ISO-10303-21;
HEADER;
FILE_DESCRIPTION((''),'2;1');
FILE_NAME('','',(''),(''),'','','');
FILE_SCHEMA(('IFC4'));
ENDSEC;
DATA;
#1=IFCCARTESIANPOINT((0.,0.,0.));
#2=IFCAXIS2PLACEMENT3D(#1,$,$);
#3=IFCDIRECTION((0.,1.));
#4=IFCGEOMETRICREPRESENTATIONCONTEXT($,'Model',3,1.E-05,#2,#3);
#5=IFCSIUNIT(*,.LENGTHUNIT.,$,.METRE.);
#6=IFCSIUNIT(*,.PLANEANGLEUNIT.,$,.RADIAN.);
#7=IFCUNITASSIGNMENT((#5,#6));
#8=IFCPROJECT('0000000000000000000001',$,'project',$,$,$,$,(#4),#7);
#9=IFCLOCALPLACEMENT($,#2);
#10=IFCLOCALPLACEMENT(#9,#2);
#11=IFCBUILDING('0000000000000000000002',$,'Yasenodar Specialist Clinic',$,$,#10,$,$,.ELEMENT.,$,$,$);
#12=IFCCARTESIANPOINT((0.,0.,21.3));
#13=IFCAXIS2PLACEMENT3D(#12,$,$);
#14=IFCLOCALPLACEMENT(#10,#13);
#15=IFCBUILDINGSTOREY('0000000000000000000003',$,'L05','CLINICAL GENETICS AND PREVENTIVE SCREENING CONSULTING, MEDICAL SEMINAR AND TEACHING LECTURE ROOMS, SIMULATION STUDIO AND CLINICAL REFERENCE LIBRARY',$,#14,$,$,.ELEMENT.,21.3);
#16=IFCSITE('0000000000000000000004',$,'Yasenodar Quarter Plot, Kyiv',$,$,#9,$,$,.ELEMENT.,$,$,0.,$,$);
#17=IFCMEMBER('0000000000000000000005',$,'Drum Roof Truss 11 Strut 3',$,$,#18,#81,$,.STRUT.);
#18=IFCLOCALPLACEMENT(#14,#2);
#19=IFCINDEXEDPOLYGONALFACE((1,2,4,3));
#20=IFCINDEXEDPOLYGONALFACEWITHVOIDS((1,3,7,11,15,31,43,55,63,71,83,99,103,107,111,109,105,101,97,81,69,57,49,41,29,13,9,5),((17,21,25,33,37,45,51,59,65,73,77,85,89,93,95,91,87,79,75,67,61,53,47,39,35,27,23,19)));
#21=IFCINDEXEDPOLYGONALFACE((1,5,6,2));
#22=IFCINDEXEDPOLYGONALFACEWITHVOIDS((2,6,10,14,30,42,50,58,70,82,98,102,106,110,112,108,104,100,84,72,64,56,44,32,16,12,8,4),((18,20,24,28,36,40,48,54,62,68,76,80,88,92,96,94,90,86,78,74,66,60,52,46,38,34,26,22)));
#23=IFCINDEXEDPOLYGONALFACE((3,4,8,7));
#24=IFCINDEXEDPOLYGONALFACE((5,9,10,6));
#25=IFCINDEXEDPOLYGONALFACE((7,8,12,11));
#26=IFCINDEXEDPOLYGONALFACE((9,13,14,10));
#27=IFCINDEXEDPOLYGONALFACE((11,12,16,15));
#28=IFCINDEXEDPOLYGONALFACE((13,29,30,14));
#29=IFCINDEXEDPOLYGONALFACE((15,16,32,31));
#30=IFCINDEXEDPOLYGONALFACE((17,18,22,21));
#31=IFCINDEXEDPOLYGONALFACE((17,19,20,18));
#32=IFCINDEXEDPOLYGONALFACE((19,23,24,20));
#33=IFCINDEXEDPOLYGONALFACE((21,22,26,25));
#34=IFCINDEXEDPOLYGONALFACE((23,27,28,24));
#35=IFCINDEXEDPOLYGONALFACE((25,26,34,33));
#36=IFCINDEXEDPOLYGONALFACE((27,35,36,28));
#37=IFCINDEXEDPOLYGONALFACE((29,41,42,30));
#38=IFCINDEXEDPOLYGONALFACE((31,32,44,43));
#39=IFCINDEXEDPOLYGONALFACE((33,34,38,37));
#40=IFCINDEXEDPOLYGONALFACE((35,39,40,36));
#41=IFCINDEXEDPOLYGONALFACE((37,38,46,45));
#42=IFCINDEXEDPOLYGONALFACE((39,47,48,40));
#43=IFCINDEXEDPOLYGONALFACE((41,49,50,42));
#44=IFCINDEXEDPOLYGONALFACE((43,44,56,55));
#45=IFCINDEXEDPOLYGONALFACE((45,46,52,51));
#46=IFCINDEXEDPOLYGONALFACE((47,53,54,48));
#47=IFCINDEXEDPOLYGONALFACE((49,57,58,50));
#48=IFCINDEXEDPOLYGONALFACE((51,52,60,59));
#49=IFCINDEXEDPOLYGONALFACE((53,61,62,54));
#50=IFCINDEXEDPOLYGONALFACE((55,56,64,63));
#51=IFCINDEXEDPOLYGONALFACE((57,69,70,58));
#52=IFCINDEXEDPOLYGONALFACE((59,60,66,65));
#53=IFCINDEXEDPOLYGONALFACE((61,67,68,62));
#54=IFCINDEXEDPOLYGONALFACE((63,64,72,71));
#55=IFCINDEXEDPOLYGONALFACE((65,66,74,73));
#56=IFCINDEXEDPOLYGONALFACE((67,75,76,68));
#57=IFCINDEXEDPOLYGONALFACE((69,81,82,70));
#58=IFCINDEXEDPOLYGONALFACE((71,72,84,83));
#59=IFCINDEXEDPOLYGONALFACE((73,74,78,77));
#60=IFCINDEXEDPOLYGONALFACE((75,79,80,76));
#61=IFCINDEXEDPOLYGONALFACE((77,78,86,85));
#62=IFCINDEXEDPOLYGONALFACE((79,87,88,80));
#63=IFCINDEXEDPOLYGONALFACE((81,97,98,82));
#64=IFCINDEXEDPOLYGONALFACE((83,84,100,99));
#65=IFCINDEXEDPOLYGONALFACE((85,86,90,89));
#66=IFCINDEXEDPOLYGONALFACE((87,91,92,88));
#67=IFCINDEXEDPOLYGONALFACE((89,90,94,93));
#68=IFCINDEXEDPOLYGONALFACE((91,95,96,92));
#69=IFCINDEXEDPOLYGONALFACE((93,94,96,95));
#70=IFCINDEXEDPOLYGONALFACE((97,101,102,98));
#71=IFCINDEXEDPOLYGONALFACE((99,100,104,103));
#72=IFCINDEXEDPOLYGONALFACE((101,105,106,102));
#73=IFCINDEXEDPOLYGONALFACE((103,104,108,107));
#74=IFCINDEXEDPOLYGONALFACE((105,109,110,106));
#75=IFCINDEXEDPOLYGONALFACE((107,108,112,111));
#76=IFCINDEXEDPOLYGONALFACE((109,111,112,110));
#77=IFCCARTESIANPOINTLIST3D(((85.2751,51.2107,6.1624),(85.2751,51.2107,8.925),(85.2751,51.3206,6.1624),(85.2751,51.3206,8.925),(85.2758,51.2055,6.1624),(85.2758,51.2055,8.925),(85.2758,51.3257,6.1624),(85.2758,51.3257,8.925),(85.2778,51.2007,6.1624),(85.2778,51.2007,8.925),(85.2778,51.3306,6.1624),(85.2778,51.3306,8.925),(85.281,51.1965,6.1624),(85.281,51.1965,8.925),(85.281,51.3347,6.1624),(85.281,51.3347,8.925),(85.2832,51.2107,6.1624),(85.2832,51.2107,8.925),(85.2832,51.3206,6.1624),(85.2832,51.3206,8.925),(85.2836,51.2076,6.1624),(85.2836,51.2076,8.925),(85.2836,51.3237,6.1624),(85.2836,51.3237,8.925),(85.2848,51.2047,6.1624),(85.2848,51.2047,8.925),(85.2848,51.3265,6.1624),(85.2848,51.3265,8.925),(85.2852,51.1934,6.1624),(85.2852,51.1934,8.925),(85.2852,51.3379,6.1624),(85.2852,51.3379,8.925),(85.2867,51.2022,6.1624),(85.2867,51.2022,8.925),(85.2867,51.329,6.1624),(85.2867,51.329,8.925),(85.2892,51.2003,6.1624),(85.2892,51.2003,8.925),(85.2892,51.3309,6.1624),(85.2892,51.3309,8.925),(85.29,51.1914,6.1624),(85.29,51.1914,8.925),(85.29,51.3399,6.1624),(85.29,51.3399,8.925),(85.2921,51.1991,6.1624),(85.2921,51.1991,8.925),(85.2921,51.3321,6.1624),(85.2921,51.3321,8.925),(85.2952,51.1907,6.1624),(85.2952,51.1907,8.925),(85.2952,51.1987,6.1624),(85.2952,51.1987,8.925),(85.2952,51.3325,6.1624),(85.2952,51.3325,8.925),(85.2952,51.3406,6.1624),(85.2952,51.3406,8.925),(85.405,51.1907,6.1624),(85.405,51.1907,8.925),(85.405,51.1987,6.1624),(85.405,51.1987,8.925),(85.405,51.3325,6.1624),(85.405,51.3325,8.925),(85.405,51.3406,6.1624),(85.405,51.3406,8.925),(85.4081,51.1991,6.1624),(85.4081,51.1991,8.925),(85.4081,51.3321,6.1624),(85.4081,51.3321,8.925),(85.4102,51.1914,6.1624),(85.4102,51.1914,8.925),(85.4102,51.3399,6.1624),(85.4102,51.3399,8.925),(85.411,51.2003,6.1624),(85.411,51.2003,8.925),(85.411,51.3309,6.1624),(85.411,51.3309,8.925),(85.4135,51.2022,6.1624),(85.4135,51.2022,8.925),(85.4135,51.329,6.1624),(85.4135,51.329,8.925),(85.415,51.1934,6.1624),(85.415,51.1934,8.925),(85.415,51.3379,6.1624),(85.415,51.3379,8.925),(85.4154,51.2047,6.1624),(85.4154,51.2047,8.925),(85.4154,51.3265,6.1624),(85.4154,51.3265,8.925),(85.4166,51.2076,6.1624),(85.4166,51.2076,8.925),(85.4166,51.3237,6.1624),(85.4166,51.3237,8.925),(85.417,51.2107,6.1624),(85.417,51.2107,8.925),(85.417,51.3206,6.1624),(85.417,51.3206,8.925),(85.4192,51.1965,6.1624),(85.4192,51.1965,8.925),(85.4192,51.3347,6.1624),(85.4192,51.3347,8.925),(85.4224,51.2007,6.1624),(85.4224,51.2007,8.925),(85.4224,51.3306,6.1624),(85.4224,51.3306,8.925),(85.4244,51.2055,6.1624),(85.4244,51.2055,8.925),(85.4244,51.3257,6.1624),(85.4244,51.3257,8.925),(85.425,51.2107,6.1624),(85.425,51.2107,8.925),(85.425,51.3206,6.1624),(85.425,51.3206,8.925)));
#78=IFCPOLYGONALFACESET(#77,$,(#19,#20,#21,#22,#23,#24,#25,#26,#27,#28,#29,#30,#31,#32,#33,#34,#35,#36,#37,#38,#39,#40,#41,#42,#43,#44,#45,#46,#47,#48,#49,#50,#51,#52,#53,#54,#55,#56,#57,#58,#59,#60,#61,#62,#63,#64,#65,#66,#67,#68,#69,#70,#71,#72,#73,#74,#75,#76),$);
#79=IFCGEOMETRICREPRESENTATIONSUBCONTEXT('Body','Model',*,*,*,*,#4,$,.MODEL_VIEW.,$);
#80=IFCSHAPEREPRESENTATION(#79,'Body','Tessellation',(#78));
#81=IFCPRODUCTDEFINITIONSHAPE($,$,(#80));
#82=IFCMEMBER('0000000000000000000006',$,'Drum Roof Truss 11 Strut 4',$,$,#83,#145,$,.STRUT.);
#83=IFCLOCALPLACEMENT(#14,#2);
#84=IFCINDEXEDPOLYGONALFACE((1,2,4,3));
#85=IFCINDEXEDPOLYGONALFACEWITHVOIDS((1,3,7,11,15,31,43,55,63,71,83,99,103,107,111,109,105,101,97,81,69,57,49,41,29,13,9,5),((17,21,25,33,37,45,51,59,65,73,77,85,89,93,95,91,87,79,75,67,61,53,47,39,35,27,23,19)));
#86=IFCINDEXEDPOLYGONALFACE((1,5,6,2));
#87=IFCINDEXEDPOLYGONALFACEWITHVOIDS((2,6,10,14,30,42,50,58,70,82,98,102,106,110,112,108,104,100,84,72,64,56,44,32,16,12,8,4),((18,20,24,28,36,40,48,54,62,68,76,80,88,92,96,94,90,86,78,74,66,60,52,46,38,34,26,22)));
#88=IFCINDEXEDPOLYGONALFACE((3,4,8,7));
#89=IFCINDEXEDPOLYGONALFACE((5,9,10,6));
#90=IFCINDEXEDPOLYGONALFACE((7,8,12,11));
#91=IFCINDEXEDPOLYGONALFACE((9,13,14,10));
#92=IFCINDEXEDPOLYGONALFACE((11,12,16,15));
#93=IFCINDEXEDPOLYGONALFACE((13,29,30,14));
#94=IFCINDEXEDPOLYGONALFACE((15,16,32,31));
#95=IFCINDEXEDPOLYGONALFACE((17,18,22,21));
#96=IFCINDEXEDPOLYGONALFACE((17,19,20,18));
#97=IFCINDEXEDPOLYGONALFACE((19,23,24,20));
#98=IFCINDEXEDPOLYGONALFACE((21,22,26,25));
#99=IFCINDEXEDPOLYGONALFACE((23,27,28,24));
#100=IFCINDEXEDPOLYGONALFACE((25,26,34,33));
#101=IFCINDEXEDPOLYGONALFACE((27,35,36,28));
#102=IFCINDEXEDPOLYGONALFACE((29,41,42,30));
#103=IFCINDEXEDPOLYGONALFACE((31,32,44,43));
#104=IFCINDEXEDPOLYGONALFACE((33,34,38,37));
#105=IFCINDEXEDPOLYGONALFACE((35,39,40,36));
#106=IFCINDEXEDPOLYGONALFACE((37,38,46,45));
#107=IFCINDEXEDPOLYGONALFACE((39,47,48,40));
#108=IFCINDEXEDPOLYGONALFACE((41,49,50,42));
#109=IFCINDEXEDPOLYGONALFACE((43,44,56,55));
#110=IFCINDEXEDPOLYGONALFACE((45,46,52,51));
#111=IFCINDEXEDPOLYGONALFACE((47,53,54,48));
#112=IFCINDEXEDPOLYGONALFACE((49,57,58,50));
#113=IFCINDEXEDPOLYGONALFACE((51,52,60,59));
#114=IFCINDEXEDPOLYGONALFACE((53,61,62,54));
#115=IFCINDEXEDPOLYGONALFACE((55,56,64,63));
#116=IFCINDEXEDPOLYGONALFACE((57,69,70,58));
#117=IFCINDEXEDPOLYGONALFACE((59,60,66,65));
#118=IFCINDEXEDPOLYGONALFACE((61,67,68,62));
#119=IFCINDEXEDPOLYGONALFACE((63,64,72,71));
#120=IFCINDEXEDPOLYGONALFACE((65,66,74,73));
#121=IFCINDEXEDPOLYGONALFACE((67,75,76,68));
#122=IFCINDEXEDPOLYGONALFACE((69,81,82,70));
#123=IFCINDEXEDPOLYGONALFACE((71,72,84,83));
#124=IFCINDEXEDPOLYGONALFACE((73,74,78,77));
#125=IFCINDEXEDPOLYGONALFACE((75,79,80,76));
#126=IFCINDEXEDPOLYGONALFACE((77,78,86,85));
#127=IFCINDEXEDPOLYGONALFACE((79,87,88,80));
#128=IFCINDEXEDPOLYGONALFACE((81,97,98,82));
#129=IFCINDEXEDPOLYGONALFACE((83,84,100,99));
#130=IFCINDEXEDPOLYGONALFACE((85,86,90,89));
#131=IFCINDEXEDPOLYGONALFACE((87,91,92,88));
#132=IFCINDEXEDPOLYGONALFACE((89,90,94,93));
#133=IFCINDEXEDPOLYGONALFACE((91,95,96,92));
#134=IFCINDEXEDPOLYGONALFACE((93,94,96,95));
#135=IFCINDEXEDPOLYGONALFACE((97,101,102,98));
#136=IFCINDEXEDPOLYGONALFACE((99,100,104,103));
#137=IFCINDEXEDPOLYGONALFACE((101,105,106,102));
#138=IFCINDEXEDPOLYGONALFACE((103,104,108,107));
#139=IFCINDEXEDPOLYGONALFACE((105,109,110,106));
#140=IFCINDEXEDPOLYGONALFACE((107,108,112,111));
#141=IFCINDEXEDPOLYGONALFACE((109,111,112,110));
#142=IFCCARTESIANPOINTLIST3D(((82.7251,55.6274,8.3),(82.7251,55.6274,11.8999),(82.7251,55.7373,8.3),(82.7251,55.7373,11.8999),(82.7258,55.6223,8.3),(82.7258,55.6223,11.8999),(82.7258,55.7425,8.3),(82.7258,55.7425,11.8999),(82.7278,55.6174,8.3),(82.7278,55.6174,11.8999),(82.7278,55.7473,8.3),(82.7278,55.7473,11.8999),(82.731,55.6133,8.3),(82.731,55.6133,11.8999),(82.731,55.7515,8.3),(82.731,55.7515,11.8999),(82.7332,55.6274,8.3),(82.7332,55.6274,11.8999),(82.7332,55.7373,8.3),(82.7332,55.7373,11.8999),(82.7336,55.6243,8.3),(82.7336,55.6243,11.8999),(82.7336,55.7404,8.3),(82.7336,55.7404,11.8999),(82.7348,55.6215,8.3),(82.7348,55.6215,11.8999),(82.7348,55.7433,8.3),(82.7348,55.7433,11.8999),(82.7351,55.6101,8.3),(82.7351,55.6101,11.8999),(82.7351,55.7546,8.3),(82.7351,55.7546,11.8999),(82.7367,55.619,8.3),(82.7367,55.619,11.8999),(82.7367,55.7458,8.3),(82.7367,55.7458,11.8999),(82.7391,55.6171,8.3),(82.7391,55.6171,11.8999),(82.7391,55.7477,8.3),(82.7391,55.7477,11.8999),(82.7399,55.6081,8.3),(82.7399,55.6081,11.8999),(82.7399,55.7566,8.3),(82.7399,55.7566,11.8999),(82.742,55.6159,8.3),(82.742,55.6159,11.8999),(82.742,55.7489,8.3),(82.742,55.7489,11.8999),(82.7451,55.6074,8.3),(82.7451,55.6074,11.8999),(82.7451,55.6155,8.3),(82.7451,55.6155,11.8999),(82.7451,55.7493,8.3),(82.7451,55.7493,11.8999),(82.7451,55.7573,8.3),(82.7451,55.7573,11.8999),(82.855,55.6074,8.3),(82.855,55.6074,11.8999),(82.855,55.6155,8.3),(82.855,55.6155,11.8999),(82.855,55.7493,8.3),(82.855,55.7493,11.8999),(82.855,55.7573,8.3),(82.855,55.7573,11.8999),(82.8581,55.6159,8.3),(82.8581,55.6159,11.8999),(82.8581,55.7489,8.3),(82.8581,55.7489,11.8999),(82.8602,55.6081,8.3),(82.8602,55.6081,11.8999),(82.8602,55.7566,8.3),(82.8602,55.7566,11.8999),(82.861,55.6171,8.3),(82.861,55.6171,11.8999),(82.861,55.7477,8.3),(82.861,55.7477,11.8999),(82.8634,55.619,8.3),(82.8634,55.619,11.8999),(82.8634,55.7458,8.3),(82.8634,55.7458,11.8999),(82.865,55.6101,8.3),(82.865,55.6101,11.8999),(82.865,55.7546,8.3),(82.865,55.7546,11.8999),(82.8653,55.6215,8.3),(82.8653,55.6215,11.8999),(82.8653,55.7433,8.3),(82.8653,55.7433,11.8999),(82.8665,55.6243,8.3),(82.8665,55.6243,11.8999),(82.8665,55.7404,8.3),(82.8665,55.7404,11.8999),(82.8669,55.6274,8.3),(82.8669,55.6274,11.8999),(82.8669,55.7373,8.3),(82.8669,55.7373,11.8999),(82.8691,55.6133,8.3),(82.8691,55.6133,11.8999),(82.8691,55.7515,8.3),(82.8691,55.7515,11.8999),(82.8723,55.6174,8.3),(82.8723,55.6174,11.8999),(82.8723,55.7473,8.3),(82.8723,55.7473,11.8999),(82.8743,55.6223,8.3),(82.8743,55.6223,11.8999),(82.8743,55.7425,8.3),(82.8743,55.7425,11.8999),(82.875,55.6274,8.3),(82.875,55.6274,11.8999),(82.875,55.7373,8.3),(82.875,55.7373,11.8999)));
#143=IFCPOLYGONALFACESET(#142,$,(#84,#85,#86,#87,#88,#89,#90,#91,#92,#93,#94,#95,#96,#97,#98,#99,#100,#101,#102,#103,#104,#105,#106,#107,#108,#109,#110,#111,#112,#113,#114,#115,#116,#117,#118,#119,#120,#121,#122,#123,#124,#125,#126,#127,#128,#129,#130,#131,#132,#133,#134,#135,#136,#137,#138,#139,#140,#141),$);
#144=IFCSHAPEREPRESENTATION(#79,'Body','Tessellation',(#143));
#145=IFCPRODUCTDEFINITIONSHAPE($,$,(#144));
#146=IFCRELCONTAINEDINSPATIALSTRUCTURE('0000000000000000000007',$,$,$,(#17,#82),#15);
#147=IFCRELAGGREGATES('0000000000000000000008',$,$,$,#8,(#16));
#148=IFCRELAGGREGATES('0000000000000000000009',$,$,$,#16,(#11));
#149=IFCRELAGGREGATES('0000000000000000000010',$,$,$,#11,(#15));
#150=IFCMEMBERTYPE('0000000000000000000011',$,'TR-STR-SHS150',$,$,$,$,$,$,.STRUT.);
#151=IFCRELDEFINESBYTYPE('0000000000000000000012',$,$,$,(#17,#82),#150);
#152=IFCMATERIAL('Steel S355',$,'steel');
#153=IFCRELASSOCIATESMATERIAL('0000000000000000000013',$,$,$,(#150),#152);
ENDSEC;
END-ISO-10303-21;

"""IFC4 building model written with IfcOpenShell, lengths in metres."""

from ifc_helpers import new_model, si_unit, direction, frame, origin, origin_2d, place, context, subcontext, project, spatial, hollow_rectangle, extrude, material, material_profile, profile_set, type_object, element, save


model = new_model("IFC4")

# Units and contexts
model_context = context("Model", 3, precision=1e-05, world=origin(), true_north=direction((0.0, 1.0)))
body_context = subcontext(model_context, "Body", "Model", "MODEL_VIEW")
ifc_project = project(units=[si_unit("LENGTHUNIT", "METRE"), si_unit("PLANEANGLEUNIT", "RADIAN")], contexts=[model_context])

# Site, building, storey
site_placement = place(None, origin())
site = spatial("IfcSite", under=ifc_project, at=site_placement, Name="Yasenodar Quarter Plot, Kyiv", CompositionType="ELEMENT", RefElevation=0.0)
building_placement = place(site_placement, origin())
building = spatial("IfcBuilding", under=site, at=building_placement, Name="Yasenodar Specialist Clinic", CompositionType="ELEMENT")
storey_placement = place(building_placement, frame((0.0, 0.0, 21.3)))
storey = spatial("IfcBuildingStorey", under=building, at=storey_placement, Name="L05", Description="CLINICAL GENETICS AND PREVENTIVE SCREENING CONSULTING, MEDICAL SEMINAR AND TEACHING LECTURE ROOMS, SIMULATION STUDIO AND CLINICAL REFERENCE LIBRARY", CompositionType="ELEMENT", Elevation=21.3)

# Shared definitions
ifc_material = material(Name="Steel S355", Category="steel")

# Members
ifc_material_profile_1 = material_profile(ifc_material, hollow_rectangle(XDim=0.1499, YDim=0.1499, WallThickness=0.0081, InnerFilletRadius=0.012, OuterFilletRadius=0.02, at=origin_2d()), Name="SHS 150x150x8")
ifc_profile_set_1 = profile_set([ifc_material_profile_1], Name="Steel S355")
member_type_1 = type_object("IfcMemberType", Name="TR-STR-SHS150", PredefinedType="STRUT", material=ifc_profile_set_1)
member_1_placement = place(storey_placement, frame((85.3501, 51.2656, 6.1624), z_axis=(0.0, 0.0, 1.0), x_axis=(1.0, 0.0, 0.0)))
element("IfcMember", 1, at=member_1_placement, inside=storey, type_object=member_type_1, Name="Drum Roof Truss 11 Strut 3", PredefinedType="STRUT", context=body_context, shape_type="SweptSolid", body=[
    extrude(hollow_rectangle(XDim=0.1499, YDim=0.1499, WallThickness=0.0081, InnerFilletRadius=0.012, OuterFilletRadius=0.02, at=origin_2d()), origin(), (0.0, 0.0, 1.0), 2.7627),
])
member_2_placement = place(storey_placement, frame((82.8, 55.6824, 8.3), z_axis=(0.0, 0.0, 1.0), x_axis=(1.0, 0.0, 0.0)))
element("IfcMember", 2, at=member_2_placement, inside=storey, type_object=member_type_1, Name="Drum Roof Truss 11 Strut 4", PredefinedType="STRUT", context=body_context, shape_type="SweptSolid", body=[
    extrude(hollow_rectangle(XDim=0.1499, YDim=0.1499, WallThickness=0.0081, InnerFilletRadius=0.012, OuterFilletRadius=0.02, at=origin_2d()), origin(), (0.0, 0.0, 1.0), 3.5999),
])

save(model, "model.ifc")
